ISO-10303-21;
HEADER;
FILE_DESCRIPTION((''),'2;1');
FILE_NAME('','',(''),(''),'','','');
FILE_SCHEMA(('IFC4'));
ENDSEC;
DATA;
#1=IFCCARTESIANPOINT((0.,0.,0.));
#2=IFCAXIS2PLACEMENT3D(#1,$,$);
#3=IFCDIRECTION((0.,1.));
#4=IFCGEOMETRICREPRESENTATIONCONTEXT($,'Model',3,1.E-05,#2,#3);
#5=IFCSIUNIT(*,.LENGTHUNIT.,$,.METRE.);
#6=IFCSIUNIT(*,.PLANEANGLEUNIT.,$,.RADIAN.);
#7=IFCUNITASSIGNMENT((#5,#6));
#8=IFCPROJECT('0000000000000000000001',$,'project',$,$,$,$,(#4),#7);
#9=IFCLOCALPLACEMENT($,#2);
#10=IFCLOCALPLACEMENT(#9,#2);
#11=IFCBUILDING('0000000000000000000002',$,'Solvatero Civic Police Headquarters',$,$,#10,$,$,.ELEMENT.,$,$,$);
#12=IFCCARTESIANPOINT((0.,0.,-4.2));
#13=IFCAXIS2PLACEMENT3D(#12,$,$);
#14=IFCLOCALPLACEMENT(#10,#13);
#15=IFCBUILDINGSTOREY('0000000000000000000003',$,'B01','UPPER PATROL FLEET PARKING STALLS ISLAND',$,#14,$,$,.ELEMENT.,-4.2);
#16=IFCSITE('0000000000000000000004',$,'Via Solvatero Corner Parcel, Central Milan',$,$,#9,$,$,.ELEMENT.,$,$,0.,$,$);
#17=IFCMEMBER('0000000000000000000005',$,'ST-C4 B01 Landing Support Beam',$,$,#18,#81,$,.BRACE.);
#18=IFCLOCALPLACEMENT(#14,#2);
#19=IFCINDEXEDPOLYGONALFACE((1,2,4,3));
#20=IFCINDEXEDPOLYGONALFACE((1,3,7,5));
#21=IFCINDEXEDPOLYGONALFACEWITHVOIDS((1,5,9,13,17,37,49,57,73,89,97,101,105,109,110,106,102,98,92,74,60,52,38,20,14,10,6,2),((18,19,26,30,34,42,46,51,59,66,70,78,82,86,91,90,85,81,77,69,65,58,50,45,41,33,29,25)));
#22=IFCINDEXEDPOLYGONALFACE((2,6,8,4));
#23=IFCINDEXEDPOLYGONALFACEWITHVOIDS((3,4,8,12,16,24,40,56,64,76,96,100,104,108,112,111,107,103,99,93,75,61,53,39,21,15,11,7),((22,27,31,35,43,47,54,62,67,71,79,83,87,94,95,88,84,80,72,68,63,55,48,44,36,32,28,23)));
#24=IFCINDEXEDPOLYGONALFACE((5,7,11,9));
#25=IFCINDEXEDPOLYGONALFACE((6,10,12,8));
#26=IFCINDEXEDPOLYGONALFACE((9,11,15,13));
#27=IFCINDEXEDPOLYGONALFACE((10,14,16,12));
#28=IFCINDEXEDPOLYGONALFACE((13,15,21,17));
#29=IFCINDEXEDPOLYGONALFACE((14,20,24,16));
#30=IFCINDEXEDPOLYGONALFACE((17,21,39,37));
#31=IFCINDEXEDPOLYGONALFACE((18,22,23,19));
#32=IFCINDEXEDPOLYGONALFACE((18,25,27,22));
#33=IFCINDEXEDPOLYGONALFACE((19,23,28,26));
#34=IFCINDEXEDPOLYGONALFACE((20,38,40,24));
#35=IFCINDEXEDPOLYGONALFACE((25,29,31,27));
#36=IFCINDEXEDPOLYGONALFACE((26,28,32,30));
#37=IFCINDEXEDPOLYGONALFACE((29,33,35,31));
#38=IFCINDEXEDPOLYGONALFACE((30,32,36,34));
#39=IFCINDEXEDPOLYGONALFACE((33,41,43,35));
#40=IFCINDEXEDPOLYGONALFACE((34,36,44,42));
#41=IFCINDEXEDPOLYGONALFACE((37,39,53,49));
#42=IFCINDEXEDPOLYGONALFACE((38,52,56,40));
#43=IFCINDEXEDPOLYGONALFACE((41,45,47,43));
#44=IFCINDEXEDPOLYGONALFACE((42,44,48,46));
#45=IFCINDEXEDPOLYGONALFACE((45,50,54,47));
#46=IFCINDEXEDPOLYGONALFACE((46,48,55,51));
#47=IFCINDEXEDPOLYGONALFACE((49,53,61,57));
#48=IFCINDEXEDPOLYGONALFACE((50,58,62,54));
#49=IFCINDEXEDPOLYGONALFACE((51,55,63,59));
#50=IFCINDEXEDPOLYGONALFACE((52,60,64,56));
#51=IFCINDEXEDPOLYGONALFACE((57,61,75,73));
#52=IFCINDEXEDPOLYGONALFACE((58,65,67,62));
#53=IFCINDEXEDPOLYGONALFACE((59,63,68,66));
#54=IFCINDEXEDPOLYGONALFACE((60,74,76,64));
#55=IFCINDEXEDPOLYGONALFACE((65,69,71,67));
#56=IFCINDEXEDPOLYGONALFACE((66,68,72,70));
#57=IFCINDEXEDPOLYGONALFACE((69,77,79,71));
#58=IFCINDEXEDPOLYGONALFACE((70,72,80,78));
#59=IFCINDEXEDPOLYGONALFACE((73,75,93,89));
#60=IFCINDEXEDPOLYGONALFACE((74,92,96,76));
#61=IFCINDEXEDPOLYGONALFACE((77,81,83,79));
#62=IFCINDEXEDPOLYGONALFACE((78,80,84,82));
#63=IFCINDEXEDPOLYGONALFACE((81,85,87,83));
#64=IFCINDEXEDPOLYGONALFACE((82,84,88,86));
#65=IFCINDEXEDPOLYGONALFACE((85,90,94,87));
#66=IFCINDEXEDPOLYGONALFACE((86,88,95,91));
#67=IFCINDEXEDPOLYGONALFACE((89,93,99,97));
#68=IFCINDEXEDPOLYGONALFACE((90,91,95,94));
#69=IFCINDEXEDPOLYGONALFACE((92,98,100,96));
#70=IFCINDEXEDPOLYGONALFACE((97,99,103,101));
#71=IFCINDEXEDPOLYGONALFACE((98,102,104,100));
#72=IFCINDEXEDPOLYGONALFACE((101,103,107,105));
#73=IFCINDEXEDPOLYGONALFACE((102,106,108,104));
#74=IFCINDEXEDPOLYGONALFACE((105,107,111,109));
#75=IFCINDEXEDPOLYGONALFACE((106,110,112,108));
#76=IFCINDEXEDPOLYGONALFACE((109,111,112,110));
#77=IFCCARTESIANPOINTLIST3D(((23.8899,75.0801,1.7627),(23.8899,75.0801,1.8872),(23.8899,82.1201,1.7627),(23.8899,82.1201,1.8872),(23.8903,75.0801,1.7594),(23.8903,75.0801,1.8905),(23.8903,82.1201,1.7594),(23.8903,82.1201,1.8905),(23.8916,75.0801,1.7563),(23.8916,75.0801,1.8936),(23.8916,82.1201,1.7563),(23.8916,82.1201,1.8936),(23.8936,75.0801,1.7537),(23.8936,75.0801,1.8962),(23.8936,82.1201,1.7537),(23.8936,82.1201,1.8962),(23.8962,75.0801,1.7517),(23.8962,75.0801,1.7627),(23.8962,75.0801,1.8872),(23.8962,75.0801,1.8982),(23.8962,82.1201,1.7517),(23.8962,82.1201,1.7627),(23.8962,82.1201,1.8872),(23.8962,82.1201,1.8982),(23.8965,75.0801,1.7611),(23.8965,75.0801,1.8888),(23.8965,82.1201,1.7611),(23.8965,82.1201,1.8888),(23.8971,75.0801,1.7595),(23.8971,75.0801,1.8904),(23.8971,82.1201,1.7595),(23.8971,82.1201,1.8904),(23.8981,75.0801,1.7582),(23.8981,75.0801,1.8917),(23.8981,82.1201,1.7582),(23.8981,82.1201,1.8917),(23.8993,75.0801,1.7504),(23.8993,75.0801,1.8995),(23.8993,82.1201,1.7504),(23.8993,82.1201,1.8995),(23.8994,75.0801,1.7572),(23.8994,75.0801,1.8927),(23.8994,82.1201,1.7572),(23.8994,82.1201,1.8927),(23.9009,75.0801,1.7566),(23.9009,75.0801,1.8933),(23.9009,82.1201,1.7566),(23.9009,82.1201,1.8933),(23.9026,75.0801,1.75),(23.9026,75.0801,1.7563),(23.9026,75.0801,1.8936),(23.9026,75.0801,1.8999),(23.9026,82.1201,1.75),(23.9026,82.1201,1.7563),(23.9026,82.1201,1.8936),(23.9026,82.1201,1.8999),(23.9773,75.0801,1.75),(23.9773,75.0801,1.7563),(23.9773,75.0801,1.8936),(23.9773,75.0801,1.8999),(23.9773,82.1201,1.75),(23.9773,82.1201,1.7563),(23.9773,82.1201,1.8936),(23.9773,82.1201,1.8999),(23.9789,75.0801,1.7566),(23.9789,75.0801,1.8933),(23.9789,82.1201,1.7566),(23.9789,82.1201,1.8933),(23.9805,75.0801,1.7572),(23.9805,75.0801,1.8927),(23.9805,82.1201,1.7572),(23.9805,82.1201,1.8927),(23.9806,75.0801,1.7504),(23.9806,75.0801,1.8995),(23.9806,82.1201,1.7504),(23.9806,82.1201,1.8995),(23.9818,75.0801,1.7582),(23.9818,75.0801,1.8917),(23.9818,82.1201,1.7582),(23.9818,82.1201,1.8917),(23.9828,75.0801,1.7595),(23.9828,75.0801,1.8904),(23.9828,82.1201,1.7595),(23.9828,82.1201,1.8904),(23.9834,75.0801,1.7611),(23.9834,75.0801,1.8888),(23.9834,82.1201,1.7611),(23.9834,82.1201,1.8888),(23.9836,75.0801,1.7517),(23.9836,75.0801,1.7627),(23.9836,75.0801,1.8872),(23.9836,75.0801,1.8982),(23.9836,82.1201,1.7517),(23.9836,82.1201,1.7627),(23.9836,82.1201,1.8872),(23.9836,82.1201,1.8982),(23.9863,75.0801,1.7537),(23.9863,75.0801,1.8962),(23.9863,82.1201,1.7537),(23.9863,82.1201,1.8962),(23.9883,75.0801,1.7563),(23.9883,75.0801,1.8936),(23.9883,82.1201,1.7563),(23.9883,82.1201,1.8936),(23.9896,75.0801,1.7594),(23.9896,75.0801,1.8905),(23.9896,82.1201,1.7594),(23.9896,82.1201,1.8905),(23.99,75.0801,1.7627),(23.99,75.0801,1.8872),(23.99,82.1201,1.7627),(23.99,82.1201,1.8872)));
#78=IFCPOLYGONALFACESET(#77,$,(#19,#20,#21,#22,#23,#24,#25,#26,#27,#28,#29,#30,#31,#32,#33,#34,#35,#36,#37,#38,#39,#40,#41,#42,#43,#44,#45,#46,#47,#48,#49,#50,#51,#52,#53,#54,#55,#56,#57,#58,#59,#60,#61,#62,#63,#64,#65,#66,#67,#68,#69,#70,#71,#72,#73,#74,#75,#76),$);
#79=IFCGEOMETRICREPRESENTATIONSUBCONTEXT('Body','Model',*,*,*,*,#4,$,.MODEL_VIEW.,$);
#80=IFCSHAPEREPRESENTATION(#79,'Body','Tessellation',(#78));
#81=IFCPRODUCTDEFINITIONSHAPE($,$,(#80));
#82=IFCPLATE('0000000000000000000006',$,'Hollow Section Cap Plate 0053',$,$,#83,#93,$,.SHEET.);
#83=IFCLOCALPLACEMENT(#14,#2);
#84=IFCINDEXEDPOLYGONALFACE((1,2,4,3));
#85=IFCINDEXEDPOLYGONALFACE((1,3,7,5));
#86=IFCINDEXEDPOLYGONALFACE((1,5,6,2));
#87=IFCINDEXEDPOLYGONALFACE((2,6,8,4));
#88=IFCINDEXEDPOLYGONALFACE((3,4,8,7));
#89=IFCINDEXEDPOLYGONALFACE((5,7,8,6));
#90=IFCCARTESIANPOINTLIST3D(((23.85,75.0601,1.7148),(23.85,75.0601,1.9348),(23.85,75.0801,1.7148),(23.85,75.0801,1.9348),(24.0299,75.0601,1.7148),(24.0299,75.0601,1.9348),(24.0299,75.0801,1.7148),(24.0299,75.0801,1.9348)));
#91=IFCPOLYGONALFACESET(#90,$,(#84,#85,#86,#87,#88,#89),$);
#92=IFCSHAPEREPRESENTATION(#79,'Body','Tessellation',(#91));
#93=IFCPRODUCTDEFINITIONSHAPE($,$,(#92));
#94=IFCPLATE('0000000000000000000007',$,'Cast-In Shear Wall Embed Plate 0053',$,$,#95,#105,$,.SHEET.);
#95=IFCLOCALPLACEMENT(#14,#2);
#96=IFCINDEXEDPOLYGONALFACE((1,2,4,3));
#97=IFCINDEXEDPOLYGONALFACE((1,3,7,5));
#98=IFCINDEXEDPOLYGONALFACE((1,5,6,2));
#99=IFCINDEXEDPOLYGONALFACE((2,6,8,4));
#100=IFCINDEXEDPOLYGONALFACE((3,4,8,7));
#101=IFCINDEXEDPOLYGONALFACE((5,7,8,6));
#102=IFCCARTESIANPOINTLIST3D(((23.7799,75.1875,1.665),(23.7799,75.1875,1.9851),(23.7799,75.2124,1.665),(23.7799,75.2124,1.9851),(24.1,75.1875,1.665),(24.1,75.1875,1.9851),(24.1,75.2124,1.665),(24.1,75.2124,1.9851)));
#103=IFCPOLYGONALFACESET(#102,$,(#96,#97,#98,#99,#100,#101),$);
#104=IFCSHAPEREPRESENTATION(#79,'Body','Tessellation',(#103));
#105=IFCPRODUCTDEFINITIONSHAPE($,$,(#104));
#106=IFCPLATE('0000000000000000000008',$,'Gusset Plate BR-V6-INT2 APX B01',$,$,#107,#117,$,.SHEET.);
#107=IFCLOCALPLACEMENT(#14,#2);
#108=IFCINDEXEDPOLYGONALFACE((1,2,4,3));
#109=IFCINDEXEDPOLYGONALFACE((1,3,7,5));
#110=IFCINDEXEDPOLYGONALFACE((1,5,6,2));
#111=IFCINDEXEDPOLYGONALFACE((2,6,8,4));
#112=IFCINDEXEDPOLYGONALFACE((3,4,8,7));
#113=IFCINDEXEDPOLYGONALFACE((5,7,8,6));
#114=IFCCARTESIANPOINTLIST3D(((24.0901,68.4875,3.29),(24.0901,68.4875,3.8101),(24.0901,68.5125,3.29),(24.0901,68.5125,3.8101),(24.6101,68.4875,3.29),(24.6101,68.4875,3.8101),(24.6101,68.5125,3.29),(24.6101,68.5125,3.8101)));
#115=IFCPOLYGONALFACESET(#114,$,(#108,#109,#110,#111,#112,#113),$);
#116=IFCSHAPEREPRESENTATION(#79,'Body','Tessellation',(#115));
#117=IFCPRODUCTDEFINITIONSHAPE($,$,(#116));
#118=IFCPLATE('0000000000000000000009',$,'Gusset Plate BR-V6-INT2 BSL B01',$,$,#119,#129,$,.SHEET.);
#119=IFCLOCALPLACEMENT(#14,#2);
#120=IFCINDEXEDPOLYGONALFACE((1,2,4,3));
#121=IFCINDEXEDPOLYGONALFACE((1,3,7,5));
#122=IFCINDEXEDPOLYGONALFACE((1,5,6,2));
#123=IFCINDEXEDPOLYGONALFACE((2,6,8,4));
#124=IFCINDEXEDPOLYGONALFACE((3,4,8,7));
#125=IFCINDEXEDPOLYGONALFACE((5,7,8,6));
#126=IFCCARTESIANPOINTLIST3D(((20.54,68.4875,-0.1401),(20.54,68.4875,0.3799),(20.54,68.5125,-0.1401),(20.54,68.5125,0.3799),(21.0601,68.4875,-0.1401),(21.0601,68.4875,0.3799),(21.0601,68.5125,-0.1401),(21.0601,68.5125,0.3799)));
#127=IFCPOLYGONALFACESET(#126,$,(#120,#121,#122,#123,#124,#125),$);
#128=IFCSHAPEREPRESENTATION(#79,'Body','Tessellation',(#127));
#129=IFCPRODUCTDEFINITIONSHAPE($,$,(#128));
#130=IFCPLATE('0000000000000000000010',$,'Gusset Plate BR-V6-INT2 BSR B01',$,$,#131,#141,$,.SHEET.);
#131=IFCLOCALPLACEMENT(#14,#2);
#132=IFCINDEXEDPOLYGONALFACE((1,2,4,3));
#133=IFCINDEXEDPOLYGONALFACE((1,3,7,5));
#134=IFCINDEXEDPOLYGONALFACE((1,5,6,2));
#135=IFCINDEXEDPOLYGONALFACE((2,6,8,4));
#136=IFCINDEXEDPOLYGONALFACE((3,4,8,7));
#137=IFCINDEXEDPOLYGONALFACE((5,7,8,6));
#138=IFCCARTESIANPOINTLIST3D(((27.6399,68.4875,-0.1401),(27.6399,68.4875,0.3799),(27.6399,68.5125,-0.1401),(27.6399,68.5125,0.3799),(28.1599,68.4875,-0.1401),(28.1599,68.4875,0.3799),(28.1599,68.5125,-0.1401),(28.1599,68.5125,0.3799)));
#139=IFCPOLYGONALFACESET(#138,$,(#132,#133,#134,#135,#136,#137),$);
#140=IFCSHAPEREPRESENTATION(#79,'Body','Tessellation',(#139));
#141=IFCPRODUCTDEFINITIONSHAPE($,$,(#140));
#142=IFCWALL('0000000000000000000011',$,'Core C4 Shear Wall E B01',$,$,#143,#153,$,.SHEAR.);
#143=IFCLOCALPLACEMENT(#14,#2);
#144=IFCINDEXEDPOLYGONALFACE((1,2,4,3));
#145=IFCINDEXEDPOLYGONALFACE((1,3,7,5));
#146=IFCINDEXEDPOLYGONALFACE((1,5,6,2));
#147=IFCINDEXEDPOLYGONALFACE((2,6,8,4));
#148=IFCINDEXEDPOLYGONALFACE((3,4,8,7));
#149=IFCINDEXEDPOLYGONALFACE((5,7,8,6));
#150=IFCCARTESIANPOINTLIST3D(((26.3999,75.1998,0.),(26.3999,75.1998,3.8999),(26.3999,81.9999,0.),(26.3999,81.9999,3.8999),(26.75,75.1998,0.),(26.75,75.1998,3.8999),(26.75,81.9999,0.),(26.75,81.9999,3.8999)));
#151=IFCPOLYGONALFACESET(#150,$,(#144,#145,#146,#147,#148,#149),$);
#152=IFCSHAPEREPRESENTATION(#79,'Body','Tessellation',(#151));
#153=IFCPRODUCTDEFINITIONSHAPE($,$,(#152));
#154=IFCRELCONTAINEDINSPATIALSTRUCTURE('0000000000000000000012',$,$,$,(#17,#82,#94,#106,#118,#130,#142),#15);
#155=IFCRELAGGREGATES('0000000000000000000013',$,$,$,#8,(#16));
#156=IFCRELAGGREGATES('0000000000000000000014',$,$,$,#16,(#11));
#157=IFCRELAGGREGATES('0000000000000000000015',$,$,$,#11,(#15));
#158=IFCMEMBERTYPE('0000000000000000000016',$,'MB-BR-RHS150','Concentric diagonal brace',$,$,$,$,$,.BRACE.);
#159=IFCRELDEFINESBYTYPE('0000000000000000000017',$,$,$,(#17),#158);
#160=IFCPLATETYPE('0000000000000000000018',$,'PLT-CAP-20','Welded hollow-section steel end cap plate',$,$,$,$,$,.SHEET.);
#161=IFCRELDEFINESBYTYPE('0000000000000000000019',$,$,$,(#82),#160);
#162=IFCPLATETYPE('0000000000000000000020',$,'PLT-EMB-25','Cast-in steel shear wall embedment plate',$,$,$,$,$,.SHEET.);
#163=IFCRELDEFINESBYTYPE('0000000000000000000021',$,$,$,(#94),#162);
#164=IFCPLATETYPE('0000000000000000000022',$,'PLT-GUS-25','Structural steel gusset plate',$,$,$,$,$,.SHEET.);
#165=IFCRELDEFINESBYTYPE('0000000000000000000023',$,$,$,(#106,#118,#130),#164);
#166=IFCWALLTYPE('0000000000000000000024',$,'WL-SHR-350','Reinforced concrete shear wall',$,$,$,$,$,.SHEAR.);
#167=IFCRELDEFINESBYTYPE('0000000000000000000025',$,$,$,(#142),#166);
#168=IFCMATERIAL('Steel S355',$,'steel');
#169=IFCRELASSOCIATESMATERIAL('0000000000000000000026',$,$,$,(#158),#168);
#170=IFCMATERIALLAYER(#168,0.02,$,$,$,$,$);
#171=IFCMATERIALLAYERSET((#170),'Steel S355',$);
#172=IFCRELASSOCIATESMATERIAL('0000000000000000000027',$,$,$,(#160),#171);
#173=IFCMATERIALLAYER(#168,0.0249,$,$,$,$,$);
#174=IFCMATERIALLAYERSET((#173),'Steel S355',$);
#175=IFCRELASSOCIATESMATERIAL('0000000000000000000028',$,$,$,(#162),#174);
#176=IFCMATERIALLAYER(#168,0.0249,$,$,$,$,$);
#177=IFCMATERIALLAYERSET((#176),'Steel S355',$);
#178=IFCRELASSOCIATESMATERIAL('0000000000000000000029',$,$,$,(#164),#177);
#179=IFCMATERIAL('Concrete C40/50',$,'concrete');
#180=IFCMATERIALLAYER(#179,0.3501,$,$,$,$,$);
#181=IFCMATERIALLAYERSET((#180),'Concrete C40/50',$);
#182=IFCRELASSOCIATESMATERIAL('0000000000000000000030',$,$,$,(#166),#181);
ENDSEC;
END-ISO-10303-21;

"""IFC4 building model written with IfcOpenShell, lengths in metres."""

from ifc_helpers import new_model, si_unit, direction, frame, frame_2d, origin, origin_2d, place, context, subcontext, project, spatial, rectangle, hollow_rectangle, extrude, material, layer, layer_set, material_profile, profile_set, type_object, element, save


model = new_model("IFC4")

# Units and contexts
model_context = context("Model", 3, precision=1e-05, world=origin(), true_north=direction((0.0, 1.0)))
body_context = subcontext(model_context, "Body", "Model", "MODEL_VIEW")
ifc_project = project(units=[si_unit("LENGTHUNIT", "METRE"), si_unit("PLANEANGLEUNIT", "RADIAN")], contexts=[model_context])

# Site, building, storey
site_placement = place(None, origin())
site = spatial("IfcSite", under=ifc_project, at=site_placement, Name="Via Solvatero Corner Parcel, Central Milan", CompositionType="ELEMENT", RefElevation=0.0)
building_placement = place(site_placement, origin())
building = spatial("IfcBuilding", under=site, at=building_placement, Name="Solvatero Civic Police Headquarters", CompositionType="ELEMENT")
storey_placement = place(building_placement, frame((0.0, 0.0, -4.2)))
storey = spatial("IfcBuildingStorey", under=building, at=storey_placement, Name="B01", Description="UPPER PATROL FLEET PARKING STALLS ISLAND", CompositionType="ELEMENT", Elevation=-4.2)

# Shared definitions
ifc_material_1 = material(Name="Concrete C40/50", Category="concrete")

# Member
ifc_material_2 = material(Name="Steel S355", Category="steel")
ifc_material_profile_1 = material_profile(ifc_material_2, hollow_rectangle(XDim=0.1001, YDim=0.1499, WallThickness=0.0063, InnerFilletRadius=0.0063, OuterFilletRadius=0.0127, at=origin_2d()), Name="RHS 150x100x6.3")
ifc_profile_set_1 = profile_set([ifc_material_profile_1], Name="Steel S355")
member_type_1 = type_object("IfcMemberType", Name="MB-BR-RHS150", Description="Concentric diagonal brace", PredefinedType="BRACE", material=ifc_profile_set_1)
member_1_placement = place(storey_placement, frame((23.9399, 75.0801, 1.825), z_axis=(0.0, 1.0, 0.0), x_axis=(-1.0, 0.0, 0.0)))
element("IfcMember", 1, at=member_1_placement, inside=storey, type_object=member_type_1, Name="ST-C4 B01 Landing Support Beam", PredefinedType="BRACE", context=body_context, shape_type="SweptSolid", body=[
    extrude(hollow_rectangle(XDim=0.1001, YDim=0.1499, WallThickness=0.0063, InnerFilletRadius=0.0063, OuterFilletRadius=0.0127, at=origin_2d()), origin(), (0.0, 0.0, 1.0), 7.04),
])

# Plates
ifc_layer_1 = layer(ifc_material_2, 0.02)
ifc_layer_set_1 = layer_set([ifc_layer_1], Name="Steel S355")
plate_type_1 = type_object("IfcPlateType", Name="PLT-CAP-20", Description="Welded hollow-section steel end cap plate", PredefinedType="SHEET", material=ifc_layer_set_1)
plate_1_placement = place(storey_placement, frame((23.9399, 75.0701, 1.7148), z_axis=(0.0, 0.0, 1.0), x_axis=(1.0, 0.0, 0.0)))
element("IfcPlate", 2, at=plate_1_placement, inside=storey, type_object=plate_type_1, Name="Hollow Section Cap Plate 0053", PredefinedType="SHEET", context=body_context, shape_type="SweptSolid", body=[
    extrude(rectangle(XDim=0.1799, YDim=0.02, at=origin_2d()), origin(), (0.0, 0.0, 1.0), 0.22),
])
ifc_layer_2 = layer(ifc_material_2, 0.0249)
ifc_layer_set_2 = layer_set([ifc_layer_2], Name="Steel S355")
plate_type_2 = type_object("IfcPlateType", Name="PLT-EMB-25", Description="Cast-in steel shear wall embedment plate", PredefinedType="SHEET", material=ifc_layer_set_2)
plate_2_placement = place(storey_placement, frame((23.9399, 75.2, 1.665), z_axis=(0.0, 0.0, 1.0), x_axis=(1.0, 0.0, 0.0)))
element("IfcPlate", 3, at=plate_2_placement, inside=storey, type_object=plate_type_2, Name="Cast-In Shear Wall Embed Plate 0053", PredefinedType="SHEET", context=body_context, shape_type="SweptSolid", body=[
    extrude(rectangle(XDim=0.3201, YDim=0.0249, at=origin_2d()), origin(), (0.0, 0.0, 1.0), 0.3201),
])
ifc_layer_3 = layer(ifc_material_2, 0.0249)
ifc_layer_set_3 = layer_set([ifc_layer_3], Name="Steel S355")
plate_type_3 = type_object("IfcPlateType", Name="PLT-GUS-25", Description="Structural steel gusset plate", PredefinedType="SHEET", material=ifc_layer_set_3)
for number, where, z_axis, x_axis, name in (
    (4, (24.3501, 68.5, 3.29), (0.0, 0.0, 1.0), (1.0, 0.0, 0.0), "Gusset Plate BR-V6-INT2 APX B01"),
    (5, (20.8, 68.5, -0.1401), (0.0, 0.0, 1.0), (1.0, 0.0, 0.0), "Gusset Plate BR-V6-INT2 BSL B01"),
    (6, (27.8999, 68.5, -0.1401), (0.0, 0.0, 1.0), (1.0, 0.0, 0.0), "Gusset Plate BR-V6-INT2 BSR B01"),
):
    element("IfcPlate", number, at=place(storey_placement, frame(where, z_axis=z_axis, x_axis=x_axis)), inside=storey, type_object=plate_type_3, Name=name, PredefinedType="SHEET", context=body_context, shape_type="SweptSolid", body=[
        extrude(rectangle(XDim=0.52, YDim=0.0249, at=origin_2d()), origin(), (0.0, 0.0, 1.0), 0.52),
    ])

# Wall
ifc_layer_4 = layer(ifc_material_1, 0.3501)
ifc_layer_set_4 = layer_set([ifc_layer_4], Name="Concrete C40/50")
wall_type = type_object("IfcWallType", Name="WL-SHR-350", Description="Reinforced concrete shear wall", PredefinedType="SHEAR", material=ifc_layer_set_4)
wall_placement = place(storey_placement, frame((26.575, 75.2, 0.0), z_axis=(0.0, 0.0, 1.0), x_axis=(0.0, 1.0, 0.0)))
element("IfcWall", 7, at=wall_placement, inside=storey, type_object=wall_type, Name="Core C4 Shear Wall E B01", PredefinedType="SHEAR", context=body_context, shape_type="SweptSolid", body=[
    extrude(rectangle(XDim=6.8, YDim=0.3501, at=frame_2d((3.3999, 0.0))), origin(), (0.0, 0.0, 1.0), 3.8999),
])

save(model, "model.ifc")
